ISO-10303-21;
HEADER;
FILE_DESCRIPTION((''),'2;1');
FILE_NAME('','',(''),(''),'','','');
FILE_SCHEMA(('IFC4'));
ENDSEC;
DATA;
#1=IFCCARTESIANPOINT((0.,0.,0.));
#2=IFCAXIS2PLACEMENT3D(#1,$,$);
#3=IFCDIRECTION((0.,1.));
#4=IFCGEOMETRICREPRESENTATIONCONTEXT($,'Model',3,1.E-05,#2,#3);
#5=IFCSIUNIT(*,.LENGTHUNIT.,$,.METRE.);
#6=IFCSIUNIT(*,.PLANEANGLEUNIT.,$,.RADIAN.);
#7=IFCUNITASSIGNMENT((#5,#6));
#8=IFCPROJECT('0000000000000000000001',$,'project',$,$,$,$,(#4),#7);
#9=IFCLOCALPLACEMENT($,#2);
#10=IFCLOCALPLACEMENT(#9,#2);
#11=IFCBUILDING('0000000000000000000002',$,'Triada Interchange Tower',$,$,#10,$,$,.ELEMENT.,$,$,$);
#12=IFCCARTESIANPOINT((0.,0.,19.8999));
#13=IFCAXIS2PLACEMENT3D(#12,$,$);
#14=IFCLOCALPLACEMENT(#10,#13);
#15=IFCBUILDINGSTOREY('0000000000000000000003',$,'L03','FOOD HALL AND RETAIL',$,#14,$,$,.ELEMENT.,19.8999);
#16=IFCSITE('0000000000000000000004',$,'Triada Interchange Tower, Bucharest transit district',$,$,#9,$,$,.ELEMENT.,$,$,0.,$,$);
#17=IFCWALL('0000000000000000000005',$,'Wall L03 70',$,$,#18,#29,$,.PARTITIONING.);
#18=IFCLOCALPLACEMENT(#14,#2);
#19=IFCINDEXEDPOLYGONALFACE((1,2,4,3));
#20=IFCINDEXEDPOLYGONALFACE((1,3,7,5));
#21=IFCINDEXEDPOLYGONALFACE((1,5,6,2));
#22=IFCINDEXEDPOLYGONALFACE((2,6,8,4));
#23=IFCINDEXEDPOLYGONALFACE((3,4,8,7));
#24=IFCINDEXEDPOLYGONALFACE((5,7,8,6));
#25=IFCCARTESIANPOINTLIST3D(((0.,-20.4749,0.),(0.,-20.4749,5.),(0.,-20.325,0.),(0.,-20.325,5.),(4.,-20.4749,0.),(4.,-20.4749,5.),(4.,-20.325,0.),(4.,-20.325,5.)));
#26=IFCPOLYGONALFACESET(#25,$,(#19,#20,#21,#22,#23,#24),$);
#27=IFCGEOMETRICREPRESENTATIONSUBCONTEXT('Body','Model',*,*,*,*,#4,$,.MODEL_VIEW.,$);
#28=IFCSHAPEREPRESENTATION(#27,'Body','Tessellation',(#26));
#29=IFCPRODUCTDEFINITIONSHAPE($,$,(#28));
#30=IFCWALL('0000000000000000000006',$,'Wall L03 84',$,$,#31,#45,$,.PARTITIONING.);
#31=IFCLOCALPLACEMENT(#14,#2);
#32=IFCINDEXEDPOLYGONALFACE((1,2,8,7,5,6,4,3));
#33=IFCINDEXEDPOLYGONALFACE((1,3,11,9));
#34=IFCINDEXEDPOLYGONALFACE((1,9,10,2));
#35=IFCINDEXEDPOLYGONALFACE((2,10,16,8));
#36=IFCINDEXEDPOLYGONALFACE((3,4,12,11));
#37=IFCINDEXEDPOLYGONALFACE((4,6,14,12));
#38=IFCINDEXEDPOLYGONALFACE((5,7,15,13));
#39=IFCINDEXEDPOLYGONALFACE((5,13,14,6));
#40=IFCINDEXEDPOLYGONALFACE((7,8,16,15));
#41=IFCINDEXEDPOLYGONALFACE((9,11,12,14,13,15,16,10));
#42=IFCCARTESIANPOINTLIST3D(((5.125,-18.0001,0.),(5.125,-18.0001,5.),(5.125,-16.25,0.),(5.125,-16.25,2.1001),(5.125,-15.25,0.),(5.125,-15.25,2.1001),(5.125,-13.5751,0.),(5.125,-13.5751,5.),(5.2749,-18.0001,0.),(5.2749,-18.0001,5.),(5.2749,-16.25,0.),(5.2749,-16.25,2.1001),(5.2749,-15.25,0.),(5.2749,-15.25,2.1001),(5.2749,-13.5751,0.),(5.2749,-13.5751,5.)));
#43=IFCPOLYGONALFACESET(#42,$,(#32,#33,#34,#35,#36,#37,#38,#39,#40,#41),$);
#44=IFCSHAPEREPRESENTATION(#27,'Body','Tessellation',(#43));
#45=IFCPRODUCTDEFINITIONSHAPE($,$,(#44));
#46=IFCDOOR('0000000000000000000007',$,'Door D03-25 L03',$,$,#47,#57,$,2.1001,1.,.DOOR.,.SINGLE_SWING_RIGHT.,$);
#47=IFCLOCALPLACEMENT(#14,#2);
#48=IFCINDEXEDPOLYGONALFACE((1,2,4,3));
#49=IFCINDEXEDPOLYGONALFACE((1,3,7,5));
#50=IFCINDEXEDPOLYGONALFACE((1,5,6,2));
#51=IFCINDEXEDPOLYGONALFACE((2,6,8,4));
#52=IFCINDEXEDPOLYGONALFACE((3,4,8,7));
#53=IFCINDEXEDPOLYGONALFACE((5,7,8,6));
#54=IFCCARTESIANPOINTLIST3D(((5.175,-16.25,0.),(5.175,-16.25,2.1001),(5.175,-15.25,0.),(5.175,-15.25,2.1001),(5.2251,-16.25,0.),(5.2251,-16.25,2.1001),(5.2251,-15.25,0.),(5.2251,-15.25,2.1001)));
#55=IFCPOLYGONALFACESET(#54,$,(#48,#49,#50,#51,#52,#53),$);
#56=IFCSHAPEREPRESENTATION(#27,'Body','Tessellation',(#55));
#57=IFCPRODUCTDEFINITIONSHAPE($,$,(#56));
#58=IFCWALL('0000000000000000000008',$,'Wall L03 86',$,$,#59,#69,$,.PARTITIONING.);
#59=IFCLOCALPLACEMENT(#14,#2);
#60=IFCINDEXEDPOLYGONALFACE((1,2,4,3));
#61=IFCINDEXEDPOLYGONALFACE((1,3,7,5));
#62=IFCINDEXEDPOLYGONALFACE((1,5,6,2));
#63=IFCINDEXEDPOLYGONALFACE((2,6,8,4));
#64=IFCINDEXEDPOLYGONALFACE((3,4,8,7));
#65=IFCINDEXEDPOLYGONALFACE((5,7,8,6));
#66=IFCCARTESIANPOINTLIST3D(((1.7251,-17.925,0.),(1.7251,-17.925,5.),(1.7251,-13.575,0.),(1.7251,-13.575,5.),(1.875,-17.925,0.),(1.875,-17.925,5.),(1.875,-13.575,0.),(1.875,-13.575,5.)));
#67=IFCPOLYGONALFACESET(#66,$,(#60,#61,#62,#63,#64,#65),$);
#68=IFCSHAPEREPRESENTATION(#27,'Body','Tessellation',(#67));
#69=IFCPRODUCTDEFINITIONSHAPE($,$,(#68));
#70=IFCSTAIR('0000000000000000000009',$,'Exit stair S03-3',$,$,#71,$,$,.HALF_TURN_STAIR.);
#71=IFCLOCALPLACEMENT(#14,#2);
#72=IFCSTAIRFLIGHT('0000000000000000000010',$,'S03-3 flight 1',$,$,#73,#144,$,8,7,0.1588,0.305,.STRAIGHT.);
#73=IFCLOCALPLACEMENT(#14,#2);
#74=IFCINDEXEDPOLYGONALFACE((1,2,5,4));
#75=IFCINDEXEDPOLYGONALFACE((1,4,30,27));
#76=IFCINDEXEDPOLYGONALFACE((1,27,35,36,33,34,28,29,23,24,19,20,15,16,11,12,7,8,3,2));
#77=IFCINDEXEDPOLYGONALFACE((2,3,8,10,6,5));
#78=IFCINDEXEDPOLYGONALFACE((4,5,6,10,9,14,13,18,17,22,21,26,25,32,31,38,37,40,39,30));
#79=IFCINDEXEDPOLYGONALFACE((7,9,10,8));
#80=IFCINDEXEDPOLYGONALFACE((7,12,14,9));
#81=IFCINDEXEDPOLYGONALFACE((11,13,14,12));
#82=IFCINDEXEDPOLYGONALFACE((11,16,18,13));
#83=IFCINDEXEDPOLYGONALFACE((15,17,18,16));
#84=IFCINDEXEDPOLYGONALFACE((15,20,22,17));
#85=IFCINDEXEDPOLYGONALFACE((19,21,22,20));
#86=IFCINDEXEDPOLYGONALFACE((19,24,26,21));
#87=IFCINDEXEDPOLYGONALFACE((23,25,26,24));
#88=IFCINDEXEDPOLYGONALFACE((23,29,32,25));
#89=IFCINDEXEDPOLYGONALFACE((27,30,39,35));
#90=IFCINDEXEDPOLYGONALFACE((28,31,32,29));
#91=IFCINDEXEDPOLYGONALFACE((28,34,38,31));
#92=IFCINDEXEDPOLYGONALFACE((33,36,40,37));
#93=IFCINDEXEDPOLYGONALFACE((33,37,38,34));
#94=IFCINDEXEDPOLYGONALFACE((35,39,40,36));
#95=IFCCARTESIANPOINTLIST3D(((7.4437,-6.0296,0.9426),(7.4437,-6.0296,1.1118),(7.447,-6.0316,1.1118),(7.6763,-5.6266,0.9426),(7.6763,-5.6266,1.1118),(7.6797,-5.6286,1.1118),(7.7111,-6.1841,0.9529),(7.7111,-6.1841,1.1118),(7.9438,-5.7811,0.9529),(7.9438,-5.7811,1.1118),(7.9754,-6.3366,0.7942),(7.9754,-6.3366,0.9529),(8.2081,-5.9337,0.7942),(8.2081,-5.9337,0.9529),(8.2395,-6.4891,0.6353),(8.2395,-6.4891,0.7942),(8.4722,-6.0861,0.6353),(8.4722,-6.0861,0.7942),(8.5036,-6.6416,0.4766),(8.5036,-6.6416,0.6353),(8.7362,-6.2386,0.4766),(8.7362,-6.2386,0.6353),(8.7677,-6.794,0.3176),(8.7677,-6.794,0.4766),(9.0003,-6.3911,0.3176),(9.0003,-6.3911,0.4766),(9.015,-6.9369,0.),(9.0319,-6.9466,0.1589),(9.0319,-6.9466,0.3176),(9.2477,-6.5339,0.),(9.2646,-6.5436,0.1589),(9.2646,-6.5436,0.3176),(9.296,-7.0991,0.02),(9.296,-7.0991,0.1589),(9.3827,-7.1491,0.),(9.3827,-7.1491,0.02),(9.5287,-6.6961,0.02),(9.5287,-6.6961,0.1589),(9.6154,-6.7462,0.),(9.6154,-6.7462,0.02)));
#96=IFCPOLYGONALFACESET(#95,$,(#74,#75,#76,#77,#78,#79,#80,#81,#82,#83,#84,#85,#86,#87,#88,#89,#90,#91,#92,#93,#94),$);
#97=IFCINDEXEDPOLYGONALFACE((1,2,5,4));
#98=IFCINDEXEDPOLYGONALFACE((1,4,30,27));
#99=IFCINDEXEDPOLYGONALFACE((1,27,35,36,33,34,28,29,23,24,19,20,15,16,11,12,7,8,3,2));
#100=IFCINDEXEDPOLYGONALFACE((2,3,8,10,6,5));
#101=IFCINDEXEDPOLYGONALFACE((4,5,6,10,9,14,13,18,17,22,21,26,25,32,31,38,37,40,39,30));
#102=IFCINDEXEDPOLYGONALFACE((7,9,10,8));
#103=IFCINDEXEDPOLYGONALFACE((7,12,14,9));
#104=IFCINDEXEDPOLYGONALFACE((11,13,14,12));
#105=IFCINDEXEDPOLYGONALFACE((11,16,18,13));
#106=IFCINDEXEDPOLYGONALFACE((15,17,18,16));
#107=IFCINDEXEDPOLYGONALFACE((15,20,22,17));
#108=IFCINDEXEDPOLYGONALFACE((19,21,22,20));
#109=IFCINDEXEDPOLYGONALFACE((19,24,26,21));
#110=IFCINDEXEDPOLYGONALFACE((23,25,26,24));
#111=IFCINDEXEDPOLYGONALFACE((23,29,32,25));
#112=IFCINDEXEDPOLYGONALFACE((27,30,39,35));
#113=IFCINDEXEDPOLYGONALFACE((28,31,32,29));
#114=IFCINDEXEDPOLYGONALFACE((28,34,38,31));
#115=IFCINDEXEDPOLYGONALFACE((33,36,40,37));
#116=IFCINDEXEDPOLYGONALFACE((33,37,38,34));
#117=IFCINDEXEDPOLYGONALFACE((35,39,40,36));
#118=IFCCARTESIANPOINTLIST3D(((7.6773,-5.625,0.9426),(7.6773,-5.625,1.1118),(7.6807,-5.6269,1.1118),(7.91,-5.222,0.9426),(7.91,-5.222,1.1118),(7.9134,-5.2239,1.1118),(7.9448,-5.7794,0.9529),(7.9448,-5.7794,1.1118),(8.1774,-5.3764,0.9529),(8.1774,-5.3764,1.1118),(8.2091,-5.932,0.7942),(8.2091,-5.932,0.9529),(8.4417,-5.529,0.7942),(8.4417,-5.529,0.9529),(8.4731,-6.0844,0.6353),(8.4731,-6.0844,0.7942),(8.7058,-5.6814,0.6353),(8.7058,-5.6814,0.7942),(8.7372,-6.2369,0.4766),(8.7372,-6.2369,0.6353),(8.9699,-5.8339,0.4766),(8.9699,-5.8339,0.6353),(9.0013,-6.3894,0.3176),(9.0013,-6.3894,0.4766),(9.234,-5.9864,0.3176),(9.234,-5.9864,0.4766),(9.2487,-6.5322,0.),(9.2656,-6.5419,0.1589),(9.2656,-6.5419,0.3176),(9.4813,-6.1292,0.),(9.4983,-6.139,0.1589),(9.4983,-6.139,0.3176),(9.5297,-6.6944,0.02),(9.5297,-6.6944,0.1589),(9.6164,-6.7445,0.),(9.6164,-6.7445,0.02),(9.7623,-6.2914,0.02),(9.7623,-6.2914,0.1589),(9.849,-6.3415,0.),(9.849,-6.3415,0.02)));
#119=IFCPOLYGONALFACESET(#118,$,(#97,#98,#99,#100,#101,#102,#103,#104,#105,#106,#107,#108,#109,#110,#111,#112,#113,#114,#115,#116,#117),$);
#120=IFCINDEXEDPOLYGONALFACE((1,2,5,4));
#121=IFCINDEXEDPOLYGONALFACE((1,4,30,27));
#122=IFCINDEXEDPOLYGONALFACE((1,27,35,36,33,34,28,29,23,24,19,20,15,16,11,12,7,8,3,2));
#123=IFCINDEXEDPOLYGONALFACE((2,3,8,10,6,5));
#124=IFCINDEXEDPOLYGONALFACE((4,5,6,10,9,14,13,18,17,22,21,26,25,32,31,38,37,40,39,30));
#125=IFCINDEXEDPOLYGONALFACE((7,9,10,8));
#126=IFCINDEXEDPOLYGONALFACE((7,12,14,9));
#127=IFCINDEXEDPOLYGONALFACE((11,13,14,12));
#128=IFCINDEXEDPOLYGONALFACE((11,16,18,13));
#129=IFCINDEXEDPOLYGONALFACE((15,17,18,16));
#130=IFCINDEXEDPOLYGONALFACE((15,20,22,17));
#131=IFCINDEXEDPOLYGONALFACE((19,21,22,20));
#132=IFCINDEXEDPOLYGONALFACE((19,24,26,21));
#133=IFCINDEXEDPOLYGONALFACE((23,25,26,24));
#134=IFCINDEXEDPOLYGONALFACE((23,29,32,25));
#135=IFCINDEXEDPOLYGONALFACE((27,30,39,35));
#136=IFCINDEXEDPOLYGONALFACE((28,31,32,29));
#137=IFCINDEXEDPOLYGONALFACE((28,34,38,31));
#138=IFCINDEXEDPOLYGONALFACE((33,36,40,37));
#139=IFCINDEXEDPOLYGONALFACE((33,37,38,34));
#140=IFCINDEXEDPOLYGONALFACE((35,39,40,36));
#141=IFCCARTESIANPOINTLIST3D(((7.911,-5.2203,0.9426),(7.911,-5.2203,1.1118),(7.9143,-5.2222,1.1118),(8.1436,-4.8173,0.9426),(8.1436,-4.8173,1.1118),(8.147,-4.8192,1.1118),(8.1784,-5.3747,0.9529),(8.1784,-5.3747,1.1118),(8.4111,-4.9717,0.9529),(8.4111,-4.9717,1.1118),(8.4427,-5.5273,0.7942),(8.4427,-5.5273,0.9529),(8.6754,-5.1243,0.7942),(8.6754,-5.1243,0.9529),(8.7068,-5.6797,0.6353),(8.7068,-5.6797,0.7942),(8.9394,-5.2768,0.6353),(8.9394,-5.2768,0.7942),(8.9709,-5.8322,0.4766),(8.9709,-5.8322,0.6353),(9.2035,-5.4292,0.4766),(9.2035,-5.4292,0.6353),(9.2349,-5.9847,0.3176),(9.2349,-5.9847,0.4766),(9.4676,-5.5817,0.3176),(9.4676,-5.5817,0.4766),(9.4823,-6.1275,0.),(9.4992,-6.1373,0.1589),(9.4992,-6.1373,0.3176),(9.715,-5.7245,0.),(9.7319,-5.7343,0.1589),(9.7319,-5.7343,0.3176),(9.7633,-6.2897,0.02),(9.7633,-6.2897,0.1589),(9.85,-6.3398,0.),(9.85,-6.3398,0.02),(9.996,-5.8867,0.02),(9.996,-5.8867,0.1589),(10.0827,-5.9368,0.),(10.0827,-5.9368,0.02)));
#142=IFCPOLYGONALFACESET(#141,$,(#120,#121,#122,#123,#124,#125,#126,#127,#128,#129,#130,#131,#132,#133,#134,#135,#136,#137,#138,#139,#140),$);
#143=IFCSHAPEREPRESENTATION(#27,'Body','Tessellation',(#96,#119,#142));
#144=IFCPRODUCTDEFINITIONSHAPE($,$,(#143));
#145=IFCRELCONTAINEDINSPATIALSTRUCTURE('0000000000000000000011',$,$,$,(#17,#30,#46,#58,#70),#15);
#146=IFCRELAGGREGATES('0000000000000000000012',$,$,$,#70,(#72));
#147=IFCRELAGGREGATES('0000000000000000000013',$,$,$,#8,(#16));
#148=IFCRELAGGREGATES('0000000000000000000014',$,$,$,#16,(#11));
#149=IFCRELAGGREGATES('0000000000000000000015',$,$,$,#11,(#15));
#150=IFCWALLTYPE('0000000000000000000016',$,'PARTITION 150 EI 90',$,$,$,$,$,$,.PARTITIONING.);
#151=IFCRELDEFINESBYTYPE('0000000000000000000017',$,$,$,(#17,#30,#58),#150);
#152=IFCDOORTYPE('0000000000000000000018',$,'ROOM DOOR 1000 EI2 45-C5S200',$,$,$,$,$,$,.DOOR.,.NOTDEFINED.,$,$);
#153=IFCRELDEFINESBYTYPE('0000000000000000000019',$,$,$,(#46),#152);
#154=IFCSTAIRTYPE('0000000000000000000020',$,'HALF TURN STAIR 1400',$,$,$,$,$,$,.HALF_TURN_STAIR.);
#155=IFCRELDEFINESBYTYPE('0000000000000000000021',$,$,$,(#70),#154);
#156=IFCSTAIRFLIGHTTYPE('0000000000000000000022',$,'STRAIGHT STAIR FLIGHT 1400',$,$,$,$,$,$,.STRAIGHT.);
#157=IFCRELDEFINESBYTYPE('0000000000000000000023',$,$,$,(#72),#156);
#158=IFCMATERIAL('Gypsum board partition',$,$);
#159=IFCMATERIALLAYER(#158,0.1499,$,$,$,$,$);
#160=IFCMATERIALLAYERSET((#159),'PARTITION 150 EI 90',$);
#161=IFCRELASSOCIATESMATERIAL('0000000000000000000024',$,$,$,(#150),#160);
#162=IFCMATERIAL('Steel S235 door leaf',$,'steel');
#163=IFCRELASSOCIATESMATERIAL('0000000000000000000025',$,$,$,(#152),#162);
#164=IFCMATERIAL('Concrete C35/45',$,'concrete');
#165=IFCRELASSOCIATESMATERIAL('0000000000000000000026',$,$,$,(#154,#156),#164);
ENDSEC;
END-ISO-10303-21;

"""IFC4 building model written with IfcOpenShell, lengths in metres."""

from ifc_helpers import new_model, si_unit, direction, frame, frame_2d, origin, place, context, subcontext, project, spatial, polyline, rectangle, outline, extrude, material, layer, layer_set, type_object, element, fill, aggregate, save


model = new_model("IFC4")

# Units and contexts
model_context = context("Model", 3, precision=1e-05, world=origin(), true_north=direction((0.0, 1.0)))
body_context = subcontext(model_context, "Body", "Model", "MODEL_VIEW")
ifc_project = project(units=[si_unit("LENGTHUNIT", "METRE"), si_unit("PLANEANGLEUNIT", "RADIAN")], contexts=[model_context])

# Site, building, storey
site_placement = place(None, origin())
site = spatial("IfcSite", under=ifc_project, at=site_placement, Name="Triada Interchange Tower, Bucharest transit district", CompositionType="ELEMENT", RefElevation=0.0)
building_placement = place(site_placement, origin())
building = spatial("IfcBuilding", under=site, at=building_placement, Name="Triada Interchange Tower", CompositionType="ELEMENT")
storey_placement = place(building_placement, frame((0.0, 0.0, 19.8999)))
storey = spatial("IfcBuildingStorey", under=building, at=storey_placement, Name="L03", Description="FOOD HALL AND RETAIL", CompositionType="ELEMENT", Elevation=19.8999)

# Shared definitions
ifc_material_1 = material(Name="Concrete C35/45", Category="concrete")

# Shared definitions
ifc_material_2 = material(Name="Steel S235 door leaf", Category="steel")

# Wall
ifc_material_3 = material(Name="Gypsum board partition")
ifc_layer_1 = layer(ifc_material_3, 0.1499)
ifc_layer_set_1 = layer_set([ifc_layer_1], Name="PARTITION 150 EI 90")
wall_type_1 = type_object("IfcWallType", Name="PARTITION 150 EI 90", PredefinedType="PARTITIONING", material=ifc_layer_set_1)
wall_1_placement = place(storey_placement, frame((0.0, -20.3999, 0.0), z_axis=(0.0, 0.0, 1.0), x_axis=(1.0, 0.0, 0.0)))
element("IfcWall", 1, at=wall_1_placement, inside=storey, type_object=wall_type_1, Name="Wall L03 70", PredefinedType="PARTITIONING", context=body_context, shape_type="SweptSolid", body=[
    extrude(rectangle(XDim=4.0, YDim=0.1499, at=frame_2d((2.0, 0.0))), origin(), (0.0, 0.0, 1.0), 5.0),
])

# Wall, opening, door
wall_2_placement = place(storey_placement, frame((5.2, -18.0, 0.0), z_axis=(0.0, 0.0, 1.0), x_axis=(0.0, 1.0, 0.0)))
wall_2 = element("IfcWall", 2, at=wall_2_placement, inside=storey, type_object=wall_type_1, Name="Wall L03 84", PredefinedType="PARTITIONING", context=body_context, shape_type="SweptSolid", body=[
    extrude(rectangle(XDim=4.425, YDim=0.1499, at=frame_2d((2.2124, 0.0))), origin(), (0.0, 0.0, 1.0), 5.0),
])
opening_1_placement = place(wall_2_placement, frame((1.75, 0.0, 0.0)))
opening_1 = element("IfcOpeningElement", 3, at=opening_1_placement, cuts=wall_2, PredefinedType="OPENING", context=body_context, shape_type="SweptSolid", body=[
    extrude(rectangle(XDim=1.0, YDim=2.1001, at=frame_2d((0.5, 1.05))), frame((0.0, 0.085, 0.0), z_axis=(0.0, -1.0, 0.0), x_axis=(1.0, 0.0, 0.0)), (0.0, 0.0, 1.0), 0.1699),
])
door_type_1 = type_object("IfcDoorType", Name="ROOM DOOR 1000 EI2 45-C5S200", OperationType="NOTDEFINED", PredefinedType="DOOR", material=ifc_material_2)
door_1_placement = place(opening_1_placement, origin())
door_1 = element("IfcDoor", 4, at=door_1_placement, inside=storey, type_object=door_type_1, Name="Door D03-25 L03", OperationType="SINGLE_SWING_RIGHT", OverallHeight=2.1001, OverallWidth=1.0, PredefinedType="DOOR", context=body_context, shape_type="SweptSolid", body=[
    extrude(rectangle(XDim=1.0, YDim=2.1001, at=frame_2d((0.5, 1.05))), frame((0.0, 0.0249, 0.0), z_axis=(0.0, -1.0, 0.0), x_axis=(1.0, 0.0, 0.0)), (0.0, 0.0, 1.0), 0.05),
])
fill(opening_1, door_1)

# Wall
wall_3_placement = place(storey_placement, frame((1.8, -17.925, 0.0), z_axis=(0.0, 0.0, 1.0), x_axis=(0.0, 1.0, 0.0)))
element("IfcWall", 5, at=wall_3_placement, inside=storey, type_object=wall_type_1, Name="Wall L03 86", PredefinedType="PARTITIONING", context=body_context, shape_type="SweptSolid", body=[
    extrude(rectangle(XDim=4.3501, YDim=0.1499, at=frame_2d((2.175, 0.0))), origin(), (0.0, 0.0, 1.0), 5.0),
])

# Stair, stair flight
stair_type = type_object("IfcStairType", Name="HALF TURN STAIR 1400", PredefinedType="HALF_TURN_STAIR", material=ifc_material_1)
stair_placement = place(storey_placement, origin())
stair = element("IfcStair", 6, at=stair_placement, inside=storey, type_object=stair_type, Name="Exit stair S03-3", PredefinedType="HALF_TURN_STAIR")
stair_flight_type = type_object("IfcStairFlightType", Name="STRAIGHT STAIR FLIGHT 1400", PredefinedType="STRAIGHT", material=ifc_material_1)
stair_flight_1_placement = place(storey_placement, frame((9.646, -6.4929, 0.0), z_axis=(0.0, 0.0, 1.0), x_axis=(-0.866025, 0.5, 0.0)))
stair_flight_1 = element("IfcStairFlight", 7, at=stair_flight_1_placement, type_object=stair_flight_type, Name="S03-3 flight 1", NumberOfRisers=8, NumberOfTreads=7, PredefinedType="STRAIGHT", RiserHeight=0.1588, TreadLength=0.305, context=body_context, shape_type="SweptSolid", body=[
    extrude(outline(polyline([(-0.1001, 0.0), (-0.1001, 0.02), (0.0, 0.02), (0.0, 0.1589), (0.3049, 0.1589), (0.3049, 0.3176), (0.6101, 0.3176), (0.6101, 0.4766), (0.915, 0.4766), (0.915, 0.6353), (1.22, 0.6353), (1.22, 0.7942), (1.5249, 0.7942), (1.5249, 0.9529), (1.8301, 0.9529), (1.8301, 1.1118), (2.135, 1.1118), (2.1389, 1.1118), (2.1389, 1.2705), (2.1389, 0.9426), (0.3245, 0.0), (-0.1001, 0.0)])), frame((0.0, 0.7, 0.0), z_axis=(0.0, -1.0, 0.0), x_axis=(1.0, 0.0, 0.0)), (0.0, 0.0, 1.0), 0.4653),
    extrude(outline(polyline([(-0.1001, 0.0), (-0.1001, 0.02), (0.0, 0.02), (0.0, 0.1589), (0.3049, 0.1589), (0.3049, 0.3176), (0.6101, 0.3176), (0.6101, 0.4766), (0.915, 0.4766), (0.915, 0.6353), (1.22, 0.6353), (1.22, 0.7942), (1.5249, 0.7942), (1.5249, 0.9529), (1.8301, 0.9529), (1.8301, 1.1118), (2.135, 1.1118), (2.1389, 1.1118), (2.1389, 1.2705), (2.1389, 0.9426), (0.3245, 0.0), (-0.1001, 0.0)])), frame((0.0, 0.2327, 0.0), z_axis=(0.0, -1.0, 0.0), x_axis=(1.0, 0.0, 0.0)), (0.0, 0.0, 1.0), 0.4653),
    extrude(outline(polyline([(-0.1001, 0.0), (-0.1001, 0.02), (0.0, 0.02), (0.0, 0.1589), (0.3049, 0.1589), (0.3049, 0.3176), (0.6101, 0.3176), (0.6101, 0.4766), (0.915, 0.4766), (0.915, 0.6353), (1.22, 0.6353), (1.22, 0.7942), (1.5249, 0.7942), (1.5249, 0.9529), (1.8301, 0.9529), (1.8301, 1.1118), (2.135, 1.1118), (2.1389, 1.1118), (2.1389, 1.2705), (2.1389, 0.9426), (0.3245, 0.0), (-0.1001, 0.0)])), frame((0.0, -0.2346, 0.0), z_axis=(0.0, -1.0, 0.0), x_axis=(1.0, 0.0, 0.0)), (0.0, 0.0, 1.0), 0.4653),
])
aggregate(stair, [stair_flight_1])

save(model, "model.ifc")
